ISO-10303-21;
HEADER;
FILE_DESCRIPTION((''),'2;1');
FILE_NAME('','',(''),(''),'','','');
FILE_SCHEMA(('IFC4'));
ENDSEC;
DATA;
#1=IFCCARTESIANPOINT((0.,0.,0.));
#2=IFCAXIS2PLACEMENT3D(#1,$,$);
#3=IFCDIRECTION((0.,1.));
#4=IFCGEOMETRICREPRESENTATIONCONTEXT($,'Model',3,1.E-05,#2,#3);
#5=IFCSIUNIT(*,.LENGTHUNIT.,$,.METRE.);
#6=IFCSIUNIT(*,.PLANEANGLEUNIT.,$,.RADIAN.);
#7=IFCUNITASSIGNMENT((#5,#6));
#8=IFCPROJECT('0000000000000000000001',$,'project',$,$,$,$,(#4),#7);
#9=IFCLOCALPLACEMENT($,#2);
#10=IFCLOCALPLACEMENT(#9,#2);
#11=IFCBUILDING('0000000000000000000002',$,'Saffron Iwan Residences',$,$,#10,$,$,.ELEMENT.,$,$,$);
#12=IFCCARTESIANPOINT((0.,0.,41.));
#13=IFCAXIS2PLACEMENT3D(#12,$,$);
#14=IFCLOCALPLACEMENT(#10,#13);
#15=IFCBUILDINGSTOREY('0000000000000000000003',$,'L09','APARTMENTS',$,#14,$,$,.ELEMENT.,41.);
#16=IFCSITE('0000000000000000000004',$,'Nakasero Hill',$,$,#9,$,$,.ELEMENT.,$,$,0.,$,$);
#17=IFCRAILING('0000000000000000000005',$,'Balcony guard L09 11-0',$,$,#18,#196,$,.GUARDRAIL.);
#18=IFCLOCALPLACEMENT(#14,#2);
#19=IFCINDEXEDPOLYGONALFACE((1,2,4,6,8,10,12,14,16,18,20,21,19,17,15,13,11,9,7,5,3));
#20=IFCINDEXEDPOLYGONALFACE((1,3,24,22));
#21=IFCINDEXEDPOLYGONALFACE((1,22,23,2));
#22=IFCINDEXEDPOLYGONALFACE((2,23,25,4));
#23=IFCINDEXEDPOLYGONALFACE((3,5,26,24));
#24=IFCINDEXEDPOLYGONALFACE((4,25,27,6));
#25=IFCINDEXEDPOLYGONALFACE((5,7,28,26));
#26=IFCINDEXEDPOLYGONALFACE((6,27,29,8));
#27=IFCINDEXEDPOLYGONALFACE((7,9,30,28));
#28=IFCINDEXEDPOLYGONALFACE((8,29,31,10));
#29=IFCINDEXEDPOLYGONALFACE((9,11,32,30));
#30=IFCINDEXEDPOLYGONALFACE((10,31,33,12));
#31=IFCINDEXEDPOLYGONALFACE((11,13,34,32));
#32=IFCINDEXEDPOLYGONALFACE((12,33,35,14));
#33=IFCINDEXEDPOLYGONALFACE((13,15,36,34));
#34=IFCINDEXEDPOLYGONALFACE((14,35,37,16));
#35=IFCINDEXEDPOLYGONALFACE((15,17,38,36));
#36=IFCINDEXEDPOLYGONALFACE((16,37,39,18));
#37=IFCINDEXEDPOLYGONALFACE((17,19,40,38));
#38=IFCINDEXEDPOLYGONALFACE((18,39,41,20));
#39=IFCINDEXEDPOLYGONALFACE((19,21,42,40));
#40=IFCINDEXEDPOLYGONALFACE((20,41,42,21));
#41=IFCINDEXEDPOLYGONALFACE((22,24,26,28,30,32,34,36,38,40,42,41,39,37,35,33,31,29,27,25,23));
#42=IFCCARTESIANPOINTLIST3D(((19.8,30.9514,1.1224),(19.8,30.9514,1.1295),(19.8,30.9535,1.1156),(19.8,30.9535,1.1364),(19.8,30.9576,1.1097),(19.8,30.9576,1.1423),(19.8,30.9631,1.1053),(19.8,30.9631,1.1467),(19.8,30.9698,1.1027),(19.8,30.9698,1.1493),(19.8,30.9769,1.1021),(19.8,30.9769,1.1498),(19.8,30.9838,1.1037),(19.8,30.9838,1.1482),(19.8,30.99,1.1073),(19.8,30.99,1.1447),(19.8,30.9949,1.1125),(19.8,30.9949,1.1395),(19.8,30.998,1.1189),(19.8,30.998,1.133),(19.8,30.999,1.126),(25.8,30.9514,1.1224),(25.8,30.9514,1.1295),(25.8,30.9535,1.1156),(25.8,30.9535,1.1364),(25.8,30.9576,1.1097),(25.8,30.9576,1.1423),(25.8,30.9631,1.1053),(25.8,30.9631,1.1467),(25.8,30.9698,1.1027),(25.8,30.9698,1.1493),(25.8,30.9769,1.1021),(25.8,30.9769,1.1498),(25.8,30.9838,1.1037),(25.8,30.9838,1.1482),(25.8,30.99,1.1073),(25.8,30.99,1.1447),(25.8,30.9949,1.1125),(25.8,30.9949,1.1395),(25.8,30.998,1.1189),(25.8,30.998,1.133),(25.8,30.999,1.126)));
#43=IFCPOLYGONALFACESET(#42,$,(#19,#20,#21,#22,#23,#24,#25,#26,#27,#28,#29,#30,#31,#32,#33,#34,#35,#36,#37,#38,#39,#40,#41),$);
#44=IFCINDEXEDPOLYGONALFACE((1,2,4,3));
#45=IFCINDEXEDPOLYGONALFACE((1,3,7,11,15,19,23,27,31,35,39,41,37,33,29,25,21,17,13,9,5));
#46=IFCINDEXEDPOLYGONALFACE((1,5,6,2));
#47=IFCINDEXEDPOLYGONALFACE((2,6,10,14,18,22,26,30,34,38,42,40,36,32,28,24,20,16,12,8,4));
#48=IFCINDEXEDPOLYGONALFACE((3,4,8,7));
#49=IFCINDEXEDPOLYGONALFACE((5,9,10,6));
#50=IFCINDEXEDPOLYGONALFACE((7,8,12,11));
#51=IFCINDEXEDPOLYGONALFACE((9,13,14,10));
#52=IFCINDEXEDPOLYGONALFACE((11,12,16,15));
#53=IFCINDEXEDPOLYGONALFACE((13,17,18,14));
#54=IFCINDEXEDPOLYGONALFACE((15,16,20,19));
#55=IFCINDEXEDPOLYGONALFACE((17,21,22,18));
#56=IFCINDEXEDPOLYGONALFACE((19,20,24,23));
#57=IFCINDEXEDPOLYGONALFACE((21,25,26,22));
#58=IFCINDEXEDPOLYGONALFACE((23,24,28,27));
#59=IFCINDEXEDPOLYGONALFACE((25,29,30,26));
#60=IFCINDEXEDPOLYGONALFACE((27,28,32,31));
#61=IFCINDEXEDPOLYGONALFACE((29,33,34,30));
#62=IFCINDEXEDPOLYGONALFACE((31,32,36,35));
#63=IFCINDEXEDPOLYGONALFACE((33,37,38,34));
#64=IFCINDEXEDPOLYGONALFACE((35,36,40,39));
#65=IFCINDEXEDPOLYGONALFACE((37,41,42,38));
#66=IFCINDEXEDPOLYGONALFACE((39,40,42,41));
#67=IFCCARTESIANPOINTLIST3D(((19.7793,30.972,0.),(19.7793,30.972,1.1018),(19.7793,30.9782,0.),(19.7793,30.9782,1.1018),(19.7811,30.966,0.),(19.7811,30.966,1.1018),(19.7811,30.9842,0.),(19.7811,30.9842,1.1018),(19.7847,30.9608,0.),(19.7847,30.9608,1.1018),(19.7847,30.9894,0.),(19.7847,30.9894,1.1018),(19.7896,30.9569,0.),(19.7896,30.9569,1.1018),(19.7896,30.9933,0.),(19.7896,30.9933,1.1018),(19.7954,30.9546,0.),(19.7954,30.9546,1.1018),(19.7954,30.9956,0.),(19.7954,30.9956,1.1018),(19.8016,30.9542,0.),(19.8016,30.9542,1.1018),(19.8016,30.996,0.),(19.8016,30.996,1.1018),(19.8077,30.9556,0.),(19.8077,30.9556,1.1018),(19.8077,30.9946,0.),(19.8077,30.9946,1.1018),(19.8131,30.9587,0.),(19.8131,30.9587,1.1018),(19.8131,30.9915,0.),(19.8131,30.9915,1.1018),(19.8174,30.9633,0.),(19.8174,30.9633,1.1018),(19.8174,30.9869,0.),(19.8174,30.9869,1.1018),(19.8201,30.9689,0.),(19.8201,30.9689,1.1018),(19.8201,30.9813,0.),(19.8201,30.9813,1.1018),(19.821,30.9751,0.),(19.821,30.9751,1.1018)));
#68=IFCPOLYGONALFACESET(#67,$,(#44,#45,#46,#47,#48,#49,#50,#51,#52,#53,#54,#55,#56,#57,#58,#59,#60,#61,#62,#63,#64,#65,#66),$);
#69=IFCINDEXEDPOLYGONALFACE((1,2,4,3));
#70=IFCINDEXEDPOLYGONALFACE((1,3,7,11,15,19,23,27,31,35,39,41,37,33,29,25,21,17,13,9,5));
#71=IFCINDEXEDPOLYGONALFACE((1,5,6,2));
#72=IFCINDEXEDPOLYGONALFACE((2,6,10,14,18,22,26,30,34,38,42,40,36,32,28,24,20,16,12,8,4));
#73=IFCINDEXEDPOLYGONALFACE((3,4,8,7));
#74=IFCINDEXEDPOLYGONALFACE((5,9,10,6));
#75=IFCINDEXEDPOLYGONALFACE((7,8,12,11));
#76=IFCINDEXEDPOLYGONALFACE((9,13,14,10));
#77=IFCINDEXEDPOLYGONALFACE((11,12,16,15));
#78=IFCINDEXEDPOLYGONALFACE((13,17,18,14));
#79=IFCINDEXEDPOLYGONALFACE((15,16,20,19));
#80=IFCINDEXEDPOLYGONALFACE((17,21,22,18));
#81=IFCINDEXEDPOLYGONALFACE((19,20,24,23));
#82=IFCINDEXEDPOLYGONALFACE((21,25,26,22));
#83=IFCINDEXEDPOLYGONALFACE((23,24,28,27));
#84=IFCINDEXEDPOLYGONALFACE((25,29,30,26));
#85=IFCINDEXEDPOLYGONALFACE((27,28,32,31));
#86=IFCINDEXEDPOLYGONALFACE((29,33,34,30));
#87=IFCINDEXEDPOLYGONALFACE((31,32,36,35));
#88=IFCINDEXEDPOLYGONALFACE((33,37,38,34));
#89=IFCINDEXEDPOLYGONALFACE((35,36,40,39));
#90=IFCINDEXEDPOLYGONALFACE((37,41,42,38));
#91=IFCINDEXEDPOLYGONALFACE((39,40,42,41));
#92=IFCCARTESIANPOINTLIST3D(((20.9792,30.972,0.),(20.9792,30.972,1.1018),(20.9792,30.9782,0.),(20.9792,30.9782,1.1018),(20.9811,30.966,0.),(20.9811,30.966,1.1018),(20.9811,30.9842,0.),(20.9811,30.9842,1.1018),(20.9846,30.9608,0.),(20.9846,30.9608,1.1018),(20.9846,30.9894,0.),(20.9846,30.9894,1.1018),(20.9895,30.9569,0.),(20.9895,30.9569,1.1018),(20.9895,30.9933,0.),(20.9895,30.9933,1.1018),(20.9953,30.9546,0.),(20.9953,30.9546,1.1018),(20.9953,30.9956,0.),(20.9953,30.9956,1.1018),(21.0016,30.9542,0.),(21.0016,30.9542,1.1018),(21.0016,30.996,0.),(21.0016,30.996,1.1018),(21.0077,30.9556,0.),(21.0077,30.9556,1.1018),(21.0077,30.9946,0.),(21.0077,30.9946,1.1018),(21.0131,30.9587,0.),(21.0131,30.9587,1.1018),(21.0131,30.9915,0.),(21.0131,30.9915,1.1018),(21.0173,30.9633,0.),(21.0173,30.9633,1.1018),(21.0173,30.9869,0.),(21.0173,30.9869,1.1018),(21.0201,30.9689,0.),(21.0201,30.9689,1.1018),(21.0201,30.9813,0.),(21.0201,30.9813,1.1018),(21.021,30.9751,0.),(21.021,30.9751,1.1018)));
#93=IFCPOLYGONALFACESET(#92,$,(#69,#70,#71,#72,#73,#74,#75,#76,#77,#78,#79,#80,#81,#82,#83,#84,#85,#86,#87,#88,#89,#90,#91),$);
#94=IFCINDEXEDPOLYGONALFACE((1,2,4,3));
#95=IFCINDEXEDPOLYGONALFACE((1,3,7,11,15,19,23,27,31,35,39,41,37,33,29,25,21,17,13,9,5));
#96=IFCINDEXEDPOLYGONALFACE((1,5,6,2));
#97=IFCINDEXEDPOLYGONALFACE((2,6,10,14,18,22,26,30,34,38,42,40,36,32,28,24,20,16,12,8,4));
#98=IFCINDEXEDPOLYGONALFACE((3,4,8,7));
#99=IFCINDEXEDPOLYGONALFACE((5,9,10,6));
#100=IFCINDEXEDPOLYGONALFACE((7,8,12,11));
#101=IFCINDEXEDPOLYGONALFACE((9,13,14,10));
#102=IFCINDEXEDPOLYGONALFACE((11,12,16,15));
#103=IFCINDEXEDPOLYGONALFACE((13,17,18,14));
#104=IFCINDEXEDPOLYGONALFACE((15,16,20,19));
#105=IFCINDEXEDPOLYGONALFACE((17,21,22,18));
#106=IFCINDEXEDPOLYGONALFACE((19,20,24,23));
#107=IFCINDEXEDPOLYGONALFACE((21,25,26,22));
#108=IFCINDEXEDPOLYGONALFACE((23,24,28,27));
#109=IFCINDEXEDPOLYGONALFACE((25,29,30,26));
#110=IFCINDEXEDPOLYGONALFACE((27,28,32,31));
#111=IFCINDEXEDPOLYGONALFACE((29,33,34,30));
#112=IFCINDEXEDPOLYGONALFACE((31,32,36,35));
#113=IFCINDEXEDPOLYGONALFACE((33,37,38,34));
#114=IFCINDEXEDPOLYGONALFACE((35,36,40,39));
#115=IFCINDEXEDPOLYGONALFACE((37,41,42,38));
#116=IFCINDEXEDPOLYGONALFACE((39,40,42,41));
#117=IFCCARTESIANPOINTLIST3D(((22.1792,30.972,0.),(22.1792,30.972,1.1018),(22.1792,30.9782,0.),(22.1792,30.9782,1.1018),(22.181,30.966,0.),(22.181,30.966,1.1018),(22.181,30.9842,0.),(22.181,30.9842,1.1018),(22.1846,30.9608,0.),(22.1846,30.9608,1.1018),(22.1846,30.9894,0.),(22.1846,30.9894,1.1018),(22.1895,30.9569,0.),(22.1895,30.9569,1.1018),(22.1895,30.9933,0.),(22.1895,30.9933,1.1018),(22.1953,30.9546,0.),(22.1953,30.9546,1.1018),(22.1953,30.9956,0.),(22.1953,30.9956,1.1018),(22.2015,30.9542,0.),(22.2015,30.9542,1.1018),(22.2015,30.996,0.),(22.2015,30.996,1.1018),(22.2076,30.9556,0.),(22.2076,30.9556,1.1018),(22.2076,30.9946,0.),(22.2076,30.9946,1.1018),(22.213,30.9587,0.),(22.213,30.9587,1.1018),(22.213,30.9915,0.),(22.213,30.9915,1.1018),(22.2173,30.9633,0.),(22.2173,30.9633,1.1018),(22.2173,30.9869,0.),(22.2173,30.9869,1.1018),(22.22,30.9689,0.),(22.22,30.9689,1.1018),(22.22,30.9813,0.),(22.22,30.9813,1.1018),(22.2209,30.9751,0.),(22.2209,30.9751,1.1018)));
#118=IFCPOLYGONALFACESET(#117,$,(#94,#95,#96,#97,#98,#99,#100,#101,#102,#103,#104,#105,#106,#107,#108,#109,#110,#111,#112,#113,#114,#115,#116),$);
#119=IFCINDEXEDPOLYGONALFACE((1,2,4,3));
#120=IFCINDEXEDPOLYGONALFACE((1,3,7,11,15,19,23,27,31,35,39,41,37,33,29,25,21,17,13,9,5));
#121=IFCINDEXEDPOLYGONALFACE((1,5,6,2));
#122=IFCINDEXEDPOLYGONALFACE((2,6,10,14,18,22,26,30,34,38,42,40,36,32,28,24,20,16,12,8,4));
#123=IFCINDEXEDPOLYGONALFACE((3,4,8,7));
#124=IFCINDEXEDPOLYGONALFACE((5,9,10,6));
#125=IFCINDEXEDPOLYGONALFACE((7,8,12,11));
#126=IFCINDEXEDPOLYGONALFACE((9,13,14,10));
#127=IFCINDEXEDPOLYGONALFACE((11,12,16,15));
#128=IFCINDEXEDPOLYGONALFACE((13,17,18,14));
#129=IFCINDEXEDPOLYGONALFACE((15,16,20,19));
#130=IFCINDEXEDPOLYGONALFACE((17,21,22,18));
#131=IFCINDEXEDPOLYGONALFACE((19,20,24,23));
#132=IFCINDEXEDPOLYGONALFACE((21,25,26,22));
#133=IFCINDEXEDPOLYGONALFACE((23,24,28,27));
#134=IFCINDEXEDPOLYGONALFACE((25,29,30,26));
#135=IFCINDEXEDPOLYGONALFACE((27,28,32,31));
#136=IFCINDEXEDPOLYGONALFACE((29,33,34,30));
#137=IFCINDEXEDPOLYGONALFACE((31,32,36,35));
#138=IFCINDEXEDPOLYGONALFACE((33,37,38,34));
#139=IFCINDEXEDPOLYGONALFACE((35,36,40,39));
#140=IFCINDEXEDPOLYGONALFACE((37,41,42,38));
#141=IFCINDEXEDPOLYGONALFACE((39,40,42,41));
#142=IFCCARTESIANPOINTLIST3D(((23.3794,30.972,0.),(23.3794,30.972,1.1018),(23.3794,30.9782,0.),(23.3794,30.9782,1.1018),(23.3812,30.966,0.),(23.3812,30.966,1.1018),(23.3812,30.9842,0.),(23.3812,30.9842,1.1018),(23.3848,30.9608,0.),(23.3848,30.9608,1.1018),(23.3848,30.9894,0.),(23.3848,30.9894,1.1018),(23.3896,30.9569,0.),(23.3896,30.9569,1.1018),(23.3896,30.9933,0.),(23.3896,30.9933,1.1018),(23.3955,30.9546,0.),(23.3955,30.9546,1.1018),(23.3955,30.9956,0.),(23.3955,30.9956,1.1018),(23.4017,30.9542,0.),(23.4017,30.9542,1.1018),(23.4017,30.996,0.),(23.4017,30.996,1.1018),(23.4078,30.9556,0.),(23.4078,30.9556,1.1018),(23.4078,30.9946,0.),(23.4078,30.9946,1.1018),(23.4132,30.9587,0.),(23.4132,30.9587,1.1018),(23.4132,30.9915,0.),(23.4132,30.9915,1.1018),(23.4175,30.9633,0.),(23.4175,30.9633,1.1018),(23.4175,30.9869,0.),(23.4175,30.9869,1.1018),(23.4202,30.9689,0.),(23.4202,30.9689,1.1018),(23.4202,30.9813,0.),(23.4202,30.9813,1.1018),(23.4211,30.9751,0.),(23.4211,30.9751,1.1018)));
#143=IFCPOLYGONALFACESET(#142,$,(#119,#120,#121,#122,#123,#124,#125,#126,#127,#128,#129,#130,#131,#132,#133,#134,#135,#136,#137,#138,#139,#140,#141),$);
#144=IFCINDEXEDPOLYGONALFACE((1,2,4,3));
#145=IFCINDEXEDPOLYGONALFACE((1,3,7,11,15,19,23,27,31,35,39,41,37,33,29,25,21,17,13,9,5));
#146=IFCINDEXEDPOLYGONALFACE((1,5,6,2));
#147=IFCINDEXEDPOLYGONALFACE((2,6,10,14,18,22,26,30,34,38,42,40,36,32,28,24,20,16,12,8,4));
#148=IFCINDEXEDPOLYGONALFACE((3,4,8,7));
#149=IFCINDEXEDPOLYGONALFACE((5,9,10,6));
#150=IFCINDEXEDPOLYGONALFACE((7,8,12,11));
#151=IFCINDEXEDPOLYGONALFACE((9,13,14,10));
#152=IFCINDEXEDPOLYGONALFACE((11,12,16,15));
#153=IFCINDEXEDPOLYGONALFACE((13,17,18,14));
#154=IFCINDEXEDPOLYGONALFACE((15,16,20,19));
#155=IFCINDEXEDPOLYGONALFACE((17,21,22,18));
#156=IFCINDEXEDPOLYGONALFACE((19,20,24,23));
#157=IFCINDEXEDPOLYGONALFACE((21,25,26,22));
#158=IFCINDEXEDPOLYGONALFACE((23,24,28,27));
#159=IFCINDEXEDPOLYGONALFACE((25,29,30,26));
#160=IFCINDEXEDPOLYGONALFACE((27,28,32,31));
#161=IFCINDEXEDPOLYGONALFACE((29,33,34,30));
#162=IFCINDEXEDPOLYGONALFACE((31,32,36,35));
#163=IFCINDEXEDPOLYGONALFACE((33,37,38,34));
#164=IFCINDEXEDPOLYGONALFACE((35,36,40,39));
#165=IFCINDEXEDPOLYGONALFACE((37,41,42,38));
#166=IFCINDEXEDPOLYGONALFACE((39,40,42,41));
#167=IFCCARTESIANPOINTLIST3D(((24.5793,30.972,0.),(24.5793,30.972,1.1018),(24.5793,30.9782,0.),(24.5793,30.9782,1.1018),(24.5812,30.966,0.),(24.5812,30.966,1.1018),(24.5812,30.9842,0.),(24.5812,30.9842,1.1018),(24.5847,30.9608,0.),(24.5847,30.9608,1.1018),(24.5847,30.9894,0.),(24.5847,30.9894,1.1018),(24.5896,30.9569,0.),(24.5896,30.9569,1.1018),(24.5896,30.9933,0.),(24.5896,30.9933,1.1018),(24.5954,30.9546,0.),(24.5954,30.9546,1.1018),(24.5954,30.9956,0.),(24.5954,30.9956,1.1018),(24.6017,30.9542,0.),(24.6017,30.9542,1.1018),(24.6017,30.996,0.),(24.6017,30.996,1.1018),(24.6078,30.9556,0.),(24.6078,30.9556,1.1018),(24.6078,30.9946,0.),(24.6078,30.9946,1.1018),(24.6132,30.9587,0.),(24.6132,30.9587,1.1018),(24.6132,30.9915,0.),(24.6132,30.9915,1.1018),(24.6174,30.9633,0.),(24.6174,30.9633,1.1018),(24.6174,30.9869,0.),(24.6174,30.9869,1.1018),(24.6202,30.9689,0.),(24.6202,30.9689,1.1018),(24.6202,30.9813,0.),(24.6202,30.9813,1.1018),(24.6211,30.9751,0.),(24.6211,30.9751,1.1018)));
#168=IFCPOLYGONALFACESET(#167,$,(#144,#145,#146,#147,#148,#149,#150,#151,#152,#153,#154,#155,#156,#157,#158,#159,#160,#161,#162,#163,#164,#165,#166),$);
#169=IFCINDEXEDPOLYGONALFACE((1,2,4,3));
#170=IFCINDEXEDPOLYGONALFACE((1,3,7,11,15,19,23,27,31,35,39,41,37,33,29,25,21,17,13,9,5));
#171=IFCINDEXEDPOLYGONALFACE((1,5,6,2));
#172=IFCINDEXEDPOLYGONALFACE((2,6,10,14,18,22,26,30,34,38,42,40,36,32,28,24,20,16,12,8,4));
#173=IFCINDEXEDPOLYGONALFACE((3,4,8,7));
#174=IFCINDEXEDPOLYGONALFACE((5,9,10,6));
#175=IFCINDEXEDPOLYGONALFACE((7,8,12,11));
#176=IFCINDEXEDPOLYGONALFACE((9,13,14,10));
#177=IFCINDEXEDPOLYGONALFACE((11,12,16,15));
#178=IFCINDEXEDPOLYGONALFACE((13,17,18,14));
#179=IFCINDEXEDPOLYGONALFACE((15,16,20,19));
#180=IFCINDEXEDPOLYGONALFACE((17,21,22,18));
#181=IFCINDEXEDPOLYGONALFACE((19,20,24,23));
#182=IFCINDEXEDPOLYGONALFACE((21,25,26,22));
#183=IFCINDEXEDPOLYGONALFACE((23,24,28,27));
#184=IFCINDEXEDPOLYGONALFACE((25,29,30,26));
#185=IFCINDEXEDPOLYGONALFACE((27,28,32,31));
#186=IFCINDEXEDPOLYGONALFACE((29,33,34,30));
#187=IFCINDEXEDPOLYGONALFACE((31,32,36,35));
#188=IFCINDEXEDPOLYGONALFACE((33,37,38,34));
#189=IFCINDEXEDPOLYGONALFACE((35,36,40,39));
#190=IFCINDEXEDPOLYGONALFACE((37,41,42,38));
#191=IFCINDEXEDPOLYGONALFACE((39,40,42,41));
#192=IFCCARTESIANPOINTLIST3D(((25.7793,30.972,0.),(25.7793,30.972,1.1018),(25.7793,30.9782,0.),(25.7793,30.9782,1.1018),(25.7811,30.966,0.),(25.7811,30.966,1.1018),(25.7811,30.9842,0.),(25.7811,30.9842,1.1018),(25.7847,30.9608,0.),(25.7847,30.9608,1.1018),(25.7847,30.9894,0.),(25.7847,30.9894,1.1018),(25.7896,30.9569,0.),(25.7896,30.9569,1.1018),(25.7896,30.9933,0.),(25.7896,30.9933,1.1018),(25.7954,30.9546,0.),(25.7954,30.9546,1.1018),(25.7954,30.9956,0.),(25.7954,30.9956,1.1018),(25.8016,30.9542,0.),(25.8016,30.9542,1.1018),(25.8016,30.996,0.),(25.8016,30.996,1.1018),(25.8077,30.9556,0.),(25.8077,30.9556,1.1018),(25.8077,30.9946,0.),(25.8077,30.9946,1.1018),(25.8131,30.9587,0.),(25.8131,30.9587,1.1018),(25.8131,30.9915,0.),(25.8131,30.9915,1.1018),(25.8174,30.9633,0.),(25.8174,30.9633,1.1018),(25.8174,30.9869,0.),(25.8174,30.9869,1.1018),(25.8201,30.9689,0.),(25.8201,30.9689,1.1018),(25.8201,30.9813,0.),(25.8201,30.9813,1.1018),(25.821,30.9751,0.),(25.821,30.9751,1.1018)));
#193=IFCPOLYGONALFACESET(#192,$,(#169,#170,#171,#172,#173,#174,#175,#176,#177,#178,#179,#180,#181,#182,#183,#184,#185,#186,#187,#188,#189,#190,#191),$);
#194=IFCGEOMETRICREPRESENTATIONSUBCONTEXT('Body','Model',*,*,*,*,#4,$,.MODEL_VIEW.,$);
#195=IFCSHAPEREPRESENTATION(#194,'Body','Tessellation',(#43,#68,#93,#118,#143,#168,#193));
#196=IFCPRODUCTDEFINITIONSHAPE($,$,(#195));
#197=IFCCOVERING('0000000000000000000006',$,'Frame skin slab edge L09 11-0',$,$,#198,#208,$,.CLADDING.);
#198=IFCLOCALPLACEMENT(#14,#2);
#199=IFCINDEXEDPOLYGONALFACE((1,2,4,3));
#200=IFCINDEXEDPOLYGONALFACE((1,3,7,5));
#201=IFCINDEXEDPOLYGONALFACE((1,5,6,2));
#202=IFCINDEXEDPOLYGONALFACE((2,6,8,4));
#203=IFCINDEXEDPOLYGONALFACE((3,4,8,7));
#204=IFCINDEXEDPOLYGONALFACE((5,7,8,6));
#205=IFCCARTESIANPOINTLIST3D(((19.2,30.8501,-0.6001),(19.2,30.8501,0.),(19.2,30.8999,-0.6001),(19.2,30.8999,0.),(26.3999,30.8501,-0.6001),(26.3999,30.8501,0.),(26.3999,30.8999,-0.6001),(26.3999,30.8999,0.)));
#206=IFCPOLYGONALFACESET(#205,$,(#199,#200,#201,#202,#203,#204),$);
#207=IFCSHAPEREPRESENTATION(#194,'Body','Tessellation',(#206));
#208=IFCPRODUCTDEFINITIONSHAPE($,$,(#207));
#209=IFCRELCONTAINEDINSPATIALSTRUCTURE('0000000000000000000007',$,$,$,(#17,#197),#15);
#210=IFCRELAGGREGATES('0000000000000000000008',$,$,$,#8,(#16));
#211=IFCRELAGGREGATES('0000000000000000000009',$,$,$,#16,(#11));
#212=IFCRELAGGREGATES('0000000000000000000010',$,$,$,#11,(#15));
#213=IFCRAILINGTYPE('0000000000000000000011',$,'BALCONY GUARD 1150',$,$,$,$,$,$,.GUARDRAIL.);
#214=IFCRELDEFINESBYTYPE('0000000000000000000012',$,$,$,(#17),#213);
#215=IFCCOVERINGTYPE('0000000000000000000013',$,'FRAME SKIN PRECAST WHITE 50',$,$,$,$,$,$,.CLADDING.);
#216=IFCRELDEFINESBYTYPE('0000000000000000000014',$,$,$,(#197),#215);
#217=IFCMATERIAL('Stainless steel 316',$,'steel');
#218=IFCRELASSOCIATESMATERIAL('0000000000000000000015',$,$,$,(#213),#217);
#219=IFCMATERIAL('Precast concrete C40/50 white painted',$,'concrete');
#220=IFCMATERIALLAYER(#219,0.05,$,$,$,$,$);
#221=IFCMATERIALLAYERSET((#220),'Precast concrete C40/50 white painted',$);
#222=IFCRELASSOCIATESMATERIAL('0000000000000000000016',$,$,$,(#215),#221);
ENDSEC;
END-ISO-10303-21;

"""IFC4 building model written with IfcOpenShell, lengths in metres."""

from ifc_helpers import new_model, si_unit, direction, frame, origin, origin_2d, place, context, subcontext, project, spatial, polyline, circle, outline, extrude, material, layer, layer_set, type_object, element, save


model = new_model("IFC4")

# Units and contexts
model_context = context("Model", 3, precision=1e-05, world=origin(), true_north=direction((0.0, 1.0)))
body_context = subcontext(model_context, "Body", "Model", "MODEL_VIEW")
ifc_project = project(units=[si_unit("LENGTHUNIT", "METRE"), si_unit("PLANEANGLEUNIT", "RADIAN")], contexts=[model_context])

# Site, building, storey
site_placement = place(None, origin())
site = spatial("IfcSite", under=ifc_project, at=site_placement, Name="Nakasero Hill", CompositionType="ELEMENT", RefElevation=0.0)
building_placement = place(site_placement, origin())
building = spatial("IfcBuilding", under=site, at=building_placement, Name="Saffron Iwan Residences", CompositionType="ELEMENT")
storey_placement = place(building_placement, frame((0.0, 0.0, 41.0)))
storey = spatial("IfcBuildingStorey", under=building, at=storey_placement, Name="L09", Description="APARTMENTS", CompositionType="ELEMENT", Elevation=41.0)

# Railing
ifc_material_1 = material(Name="Stainless steel 316", Category="steel")
railing_type = type_object("IfcRailingType", Name="BALCONY GUARD 1150", PredefinedType="GUARDRAIL", material=ifc_material_1)
railing_placement = place(storey_placement, frame((19.8, 30.9751, 0.0)))
element("IfcRailing", 1, at=railing_placement, inside=storey, type_object=railing_type, Name="Balcony guard L09 11-0", PredefinedType="GUARDRAIL", context=body_context, shape_type="SweptSolid", body=[
    extrude(circle(Radius=0.0239, at=origin_2d()), frame((0.0, 0.0, 1.126), z_axis=(1.0, 0.0, 0.0), x_axis=(0.0, 1.0, 0.0)), (0.0, 0.0, 1.0), 6.0),
    extrude(circle(Radius=0.021, at=origin_2d()), origin(), (0.0, 0.0, 1.0), 1.1018),
    extrude(circle(Radius=0.021, at=origin_2d()), frame((1.2, 0.0, 0.0)), (0.0, 0.0, 1.0), 1.1018),
    extrude(circle(Radius=0.021, at=origin_2d()), frame((2.3999, 0.0, 0.0)), (0.0, 0.0, 1.0), 1.1018),
    extrude(circle(Radius=0.021, at=origin_2d()), frame((3.6001, 0.0, 0.0)), (0.0, 0.0, 1.0), 1.1018),
    extrude(circle(Radius=0.021, at=origin_2d()), frame((4.8, 0.0, 0.0)), (0.0, 0.0, 1.0), 1.1018),
    extrude(circle(Radius=0.021, at=origin_2d()), frame((6.0, 0.0, 0.0)), (0.0, 0.0, 1.0), 1.1018),
])

# Covering
ifc_material_2 = material(Name="Precast concrete C40/50 white painted", Category="concrete")
ifc_layer_1 = layer(ifc_material_2, 0.05)
ifc_layer_set_1 = layer_set([ifc_layer_1], Name="Precast concrete C40/50 white painted")
covering_type = type_object("IfcCoveringType", Name="FRAME SKIN PRECAST WHITE 50", PredefinedType="CLADDING", material=ifc_layer_set_1)
for number, where, name in (
    (2, (0.0, 0.0, -0.6001), "Frame skin slab edge L09 11-0"),
):
    element("IfcCovering", number, at=place(storey_placement, frame(where)), inside=storey, type_object=covering_type, Name=name, PredefinedType="CLADDING", context=body_context, shape_type="SweptSolid", body=[
        extrude(outline(polyline([(19.2, 30.8501), (26.3999, 30.8501), (26.3999, 30.8999), (19.2, 30.8999), (19.2, 30.8501)])), origin(), (0.0, 0.0, 1.0), 0.6001),
    ])

save(model, "model.ifc")
